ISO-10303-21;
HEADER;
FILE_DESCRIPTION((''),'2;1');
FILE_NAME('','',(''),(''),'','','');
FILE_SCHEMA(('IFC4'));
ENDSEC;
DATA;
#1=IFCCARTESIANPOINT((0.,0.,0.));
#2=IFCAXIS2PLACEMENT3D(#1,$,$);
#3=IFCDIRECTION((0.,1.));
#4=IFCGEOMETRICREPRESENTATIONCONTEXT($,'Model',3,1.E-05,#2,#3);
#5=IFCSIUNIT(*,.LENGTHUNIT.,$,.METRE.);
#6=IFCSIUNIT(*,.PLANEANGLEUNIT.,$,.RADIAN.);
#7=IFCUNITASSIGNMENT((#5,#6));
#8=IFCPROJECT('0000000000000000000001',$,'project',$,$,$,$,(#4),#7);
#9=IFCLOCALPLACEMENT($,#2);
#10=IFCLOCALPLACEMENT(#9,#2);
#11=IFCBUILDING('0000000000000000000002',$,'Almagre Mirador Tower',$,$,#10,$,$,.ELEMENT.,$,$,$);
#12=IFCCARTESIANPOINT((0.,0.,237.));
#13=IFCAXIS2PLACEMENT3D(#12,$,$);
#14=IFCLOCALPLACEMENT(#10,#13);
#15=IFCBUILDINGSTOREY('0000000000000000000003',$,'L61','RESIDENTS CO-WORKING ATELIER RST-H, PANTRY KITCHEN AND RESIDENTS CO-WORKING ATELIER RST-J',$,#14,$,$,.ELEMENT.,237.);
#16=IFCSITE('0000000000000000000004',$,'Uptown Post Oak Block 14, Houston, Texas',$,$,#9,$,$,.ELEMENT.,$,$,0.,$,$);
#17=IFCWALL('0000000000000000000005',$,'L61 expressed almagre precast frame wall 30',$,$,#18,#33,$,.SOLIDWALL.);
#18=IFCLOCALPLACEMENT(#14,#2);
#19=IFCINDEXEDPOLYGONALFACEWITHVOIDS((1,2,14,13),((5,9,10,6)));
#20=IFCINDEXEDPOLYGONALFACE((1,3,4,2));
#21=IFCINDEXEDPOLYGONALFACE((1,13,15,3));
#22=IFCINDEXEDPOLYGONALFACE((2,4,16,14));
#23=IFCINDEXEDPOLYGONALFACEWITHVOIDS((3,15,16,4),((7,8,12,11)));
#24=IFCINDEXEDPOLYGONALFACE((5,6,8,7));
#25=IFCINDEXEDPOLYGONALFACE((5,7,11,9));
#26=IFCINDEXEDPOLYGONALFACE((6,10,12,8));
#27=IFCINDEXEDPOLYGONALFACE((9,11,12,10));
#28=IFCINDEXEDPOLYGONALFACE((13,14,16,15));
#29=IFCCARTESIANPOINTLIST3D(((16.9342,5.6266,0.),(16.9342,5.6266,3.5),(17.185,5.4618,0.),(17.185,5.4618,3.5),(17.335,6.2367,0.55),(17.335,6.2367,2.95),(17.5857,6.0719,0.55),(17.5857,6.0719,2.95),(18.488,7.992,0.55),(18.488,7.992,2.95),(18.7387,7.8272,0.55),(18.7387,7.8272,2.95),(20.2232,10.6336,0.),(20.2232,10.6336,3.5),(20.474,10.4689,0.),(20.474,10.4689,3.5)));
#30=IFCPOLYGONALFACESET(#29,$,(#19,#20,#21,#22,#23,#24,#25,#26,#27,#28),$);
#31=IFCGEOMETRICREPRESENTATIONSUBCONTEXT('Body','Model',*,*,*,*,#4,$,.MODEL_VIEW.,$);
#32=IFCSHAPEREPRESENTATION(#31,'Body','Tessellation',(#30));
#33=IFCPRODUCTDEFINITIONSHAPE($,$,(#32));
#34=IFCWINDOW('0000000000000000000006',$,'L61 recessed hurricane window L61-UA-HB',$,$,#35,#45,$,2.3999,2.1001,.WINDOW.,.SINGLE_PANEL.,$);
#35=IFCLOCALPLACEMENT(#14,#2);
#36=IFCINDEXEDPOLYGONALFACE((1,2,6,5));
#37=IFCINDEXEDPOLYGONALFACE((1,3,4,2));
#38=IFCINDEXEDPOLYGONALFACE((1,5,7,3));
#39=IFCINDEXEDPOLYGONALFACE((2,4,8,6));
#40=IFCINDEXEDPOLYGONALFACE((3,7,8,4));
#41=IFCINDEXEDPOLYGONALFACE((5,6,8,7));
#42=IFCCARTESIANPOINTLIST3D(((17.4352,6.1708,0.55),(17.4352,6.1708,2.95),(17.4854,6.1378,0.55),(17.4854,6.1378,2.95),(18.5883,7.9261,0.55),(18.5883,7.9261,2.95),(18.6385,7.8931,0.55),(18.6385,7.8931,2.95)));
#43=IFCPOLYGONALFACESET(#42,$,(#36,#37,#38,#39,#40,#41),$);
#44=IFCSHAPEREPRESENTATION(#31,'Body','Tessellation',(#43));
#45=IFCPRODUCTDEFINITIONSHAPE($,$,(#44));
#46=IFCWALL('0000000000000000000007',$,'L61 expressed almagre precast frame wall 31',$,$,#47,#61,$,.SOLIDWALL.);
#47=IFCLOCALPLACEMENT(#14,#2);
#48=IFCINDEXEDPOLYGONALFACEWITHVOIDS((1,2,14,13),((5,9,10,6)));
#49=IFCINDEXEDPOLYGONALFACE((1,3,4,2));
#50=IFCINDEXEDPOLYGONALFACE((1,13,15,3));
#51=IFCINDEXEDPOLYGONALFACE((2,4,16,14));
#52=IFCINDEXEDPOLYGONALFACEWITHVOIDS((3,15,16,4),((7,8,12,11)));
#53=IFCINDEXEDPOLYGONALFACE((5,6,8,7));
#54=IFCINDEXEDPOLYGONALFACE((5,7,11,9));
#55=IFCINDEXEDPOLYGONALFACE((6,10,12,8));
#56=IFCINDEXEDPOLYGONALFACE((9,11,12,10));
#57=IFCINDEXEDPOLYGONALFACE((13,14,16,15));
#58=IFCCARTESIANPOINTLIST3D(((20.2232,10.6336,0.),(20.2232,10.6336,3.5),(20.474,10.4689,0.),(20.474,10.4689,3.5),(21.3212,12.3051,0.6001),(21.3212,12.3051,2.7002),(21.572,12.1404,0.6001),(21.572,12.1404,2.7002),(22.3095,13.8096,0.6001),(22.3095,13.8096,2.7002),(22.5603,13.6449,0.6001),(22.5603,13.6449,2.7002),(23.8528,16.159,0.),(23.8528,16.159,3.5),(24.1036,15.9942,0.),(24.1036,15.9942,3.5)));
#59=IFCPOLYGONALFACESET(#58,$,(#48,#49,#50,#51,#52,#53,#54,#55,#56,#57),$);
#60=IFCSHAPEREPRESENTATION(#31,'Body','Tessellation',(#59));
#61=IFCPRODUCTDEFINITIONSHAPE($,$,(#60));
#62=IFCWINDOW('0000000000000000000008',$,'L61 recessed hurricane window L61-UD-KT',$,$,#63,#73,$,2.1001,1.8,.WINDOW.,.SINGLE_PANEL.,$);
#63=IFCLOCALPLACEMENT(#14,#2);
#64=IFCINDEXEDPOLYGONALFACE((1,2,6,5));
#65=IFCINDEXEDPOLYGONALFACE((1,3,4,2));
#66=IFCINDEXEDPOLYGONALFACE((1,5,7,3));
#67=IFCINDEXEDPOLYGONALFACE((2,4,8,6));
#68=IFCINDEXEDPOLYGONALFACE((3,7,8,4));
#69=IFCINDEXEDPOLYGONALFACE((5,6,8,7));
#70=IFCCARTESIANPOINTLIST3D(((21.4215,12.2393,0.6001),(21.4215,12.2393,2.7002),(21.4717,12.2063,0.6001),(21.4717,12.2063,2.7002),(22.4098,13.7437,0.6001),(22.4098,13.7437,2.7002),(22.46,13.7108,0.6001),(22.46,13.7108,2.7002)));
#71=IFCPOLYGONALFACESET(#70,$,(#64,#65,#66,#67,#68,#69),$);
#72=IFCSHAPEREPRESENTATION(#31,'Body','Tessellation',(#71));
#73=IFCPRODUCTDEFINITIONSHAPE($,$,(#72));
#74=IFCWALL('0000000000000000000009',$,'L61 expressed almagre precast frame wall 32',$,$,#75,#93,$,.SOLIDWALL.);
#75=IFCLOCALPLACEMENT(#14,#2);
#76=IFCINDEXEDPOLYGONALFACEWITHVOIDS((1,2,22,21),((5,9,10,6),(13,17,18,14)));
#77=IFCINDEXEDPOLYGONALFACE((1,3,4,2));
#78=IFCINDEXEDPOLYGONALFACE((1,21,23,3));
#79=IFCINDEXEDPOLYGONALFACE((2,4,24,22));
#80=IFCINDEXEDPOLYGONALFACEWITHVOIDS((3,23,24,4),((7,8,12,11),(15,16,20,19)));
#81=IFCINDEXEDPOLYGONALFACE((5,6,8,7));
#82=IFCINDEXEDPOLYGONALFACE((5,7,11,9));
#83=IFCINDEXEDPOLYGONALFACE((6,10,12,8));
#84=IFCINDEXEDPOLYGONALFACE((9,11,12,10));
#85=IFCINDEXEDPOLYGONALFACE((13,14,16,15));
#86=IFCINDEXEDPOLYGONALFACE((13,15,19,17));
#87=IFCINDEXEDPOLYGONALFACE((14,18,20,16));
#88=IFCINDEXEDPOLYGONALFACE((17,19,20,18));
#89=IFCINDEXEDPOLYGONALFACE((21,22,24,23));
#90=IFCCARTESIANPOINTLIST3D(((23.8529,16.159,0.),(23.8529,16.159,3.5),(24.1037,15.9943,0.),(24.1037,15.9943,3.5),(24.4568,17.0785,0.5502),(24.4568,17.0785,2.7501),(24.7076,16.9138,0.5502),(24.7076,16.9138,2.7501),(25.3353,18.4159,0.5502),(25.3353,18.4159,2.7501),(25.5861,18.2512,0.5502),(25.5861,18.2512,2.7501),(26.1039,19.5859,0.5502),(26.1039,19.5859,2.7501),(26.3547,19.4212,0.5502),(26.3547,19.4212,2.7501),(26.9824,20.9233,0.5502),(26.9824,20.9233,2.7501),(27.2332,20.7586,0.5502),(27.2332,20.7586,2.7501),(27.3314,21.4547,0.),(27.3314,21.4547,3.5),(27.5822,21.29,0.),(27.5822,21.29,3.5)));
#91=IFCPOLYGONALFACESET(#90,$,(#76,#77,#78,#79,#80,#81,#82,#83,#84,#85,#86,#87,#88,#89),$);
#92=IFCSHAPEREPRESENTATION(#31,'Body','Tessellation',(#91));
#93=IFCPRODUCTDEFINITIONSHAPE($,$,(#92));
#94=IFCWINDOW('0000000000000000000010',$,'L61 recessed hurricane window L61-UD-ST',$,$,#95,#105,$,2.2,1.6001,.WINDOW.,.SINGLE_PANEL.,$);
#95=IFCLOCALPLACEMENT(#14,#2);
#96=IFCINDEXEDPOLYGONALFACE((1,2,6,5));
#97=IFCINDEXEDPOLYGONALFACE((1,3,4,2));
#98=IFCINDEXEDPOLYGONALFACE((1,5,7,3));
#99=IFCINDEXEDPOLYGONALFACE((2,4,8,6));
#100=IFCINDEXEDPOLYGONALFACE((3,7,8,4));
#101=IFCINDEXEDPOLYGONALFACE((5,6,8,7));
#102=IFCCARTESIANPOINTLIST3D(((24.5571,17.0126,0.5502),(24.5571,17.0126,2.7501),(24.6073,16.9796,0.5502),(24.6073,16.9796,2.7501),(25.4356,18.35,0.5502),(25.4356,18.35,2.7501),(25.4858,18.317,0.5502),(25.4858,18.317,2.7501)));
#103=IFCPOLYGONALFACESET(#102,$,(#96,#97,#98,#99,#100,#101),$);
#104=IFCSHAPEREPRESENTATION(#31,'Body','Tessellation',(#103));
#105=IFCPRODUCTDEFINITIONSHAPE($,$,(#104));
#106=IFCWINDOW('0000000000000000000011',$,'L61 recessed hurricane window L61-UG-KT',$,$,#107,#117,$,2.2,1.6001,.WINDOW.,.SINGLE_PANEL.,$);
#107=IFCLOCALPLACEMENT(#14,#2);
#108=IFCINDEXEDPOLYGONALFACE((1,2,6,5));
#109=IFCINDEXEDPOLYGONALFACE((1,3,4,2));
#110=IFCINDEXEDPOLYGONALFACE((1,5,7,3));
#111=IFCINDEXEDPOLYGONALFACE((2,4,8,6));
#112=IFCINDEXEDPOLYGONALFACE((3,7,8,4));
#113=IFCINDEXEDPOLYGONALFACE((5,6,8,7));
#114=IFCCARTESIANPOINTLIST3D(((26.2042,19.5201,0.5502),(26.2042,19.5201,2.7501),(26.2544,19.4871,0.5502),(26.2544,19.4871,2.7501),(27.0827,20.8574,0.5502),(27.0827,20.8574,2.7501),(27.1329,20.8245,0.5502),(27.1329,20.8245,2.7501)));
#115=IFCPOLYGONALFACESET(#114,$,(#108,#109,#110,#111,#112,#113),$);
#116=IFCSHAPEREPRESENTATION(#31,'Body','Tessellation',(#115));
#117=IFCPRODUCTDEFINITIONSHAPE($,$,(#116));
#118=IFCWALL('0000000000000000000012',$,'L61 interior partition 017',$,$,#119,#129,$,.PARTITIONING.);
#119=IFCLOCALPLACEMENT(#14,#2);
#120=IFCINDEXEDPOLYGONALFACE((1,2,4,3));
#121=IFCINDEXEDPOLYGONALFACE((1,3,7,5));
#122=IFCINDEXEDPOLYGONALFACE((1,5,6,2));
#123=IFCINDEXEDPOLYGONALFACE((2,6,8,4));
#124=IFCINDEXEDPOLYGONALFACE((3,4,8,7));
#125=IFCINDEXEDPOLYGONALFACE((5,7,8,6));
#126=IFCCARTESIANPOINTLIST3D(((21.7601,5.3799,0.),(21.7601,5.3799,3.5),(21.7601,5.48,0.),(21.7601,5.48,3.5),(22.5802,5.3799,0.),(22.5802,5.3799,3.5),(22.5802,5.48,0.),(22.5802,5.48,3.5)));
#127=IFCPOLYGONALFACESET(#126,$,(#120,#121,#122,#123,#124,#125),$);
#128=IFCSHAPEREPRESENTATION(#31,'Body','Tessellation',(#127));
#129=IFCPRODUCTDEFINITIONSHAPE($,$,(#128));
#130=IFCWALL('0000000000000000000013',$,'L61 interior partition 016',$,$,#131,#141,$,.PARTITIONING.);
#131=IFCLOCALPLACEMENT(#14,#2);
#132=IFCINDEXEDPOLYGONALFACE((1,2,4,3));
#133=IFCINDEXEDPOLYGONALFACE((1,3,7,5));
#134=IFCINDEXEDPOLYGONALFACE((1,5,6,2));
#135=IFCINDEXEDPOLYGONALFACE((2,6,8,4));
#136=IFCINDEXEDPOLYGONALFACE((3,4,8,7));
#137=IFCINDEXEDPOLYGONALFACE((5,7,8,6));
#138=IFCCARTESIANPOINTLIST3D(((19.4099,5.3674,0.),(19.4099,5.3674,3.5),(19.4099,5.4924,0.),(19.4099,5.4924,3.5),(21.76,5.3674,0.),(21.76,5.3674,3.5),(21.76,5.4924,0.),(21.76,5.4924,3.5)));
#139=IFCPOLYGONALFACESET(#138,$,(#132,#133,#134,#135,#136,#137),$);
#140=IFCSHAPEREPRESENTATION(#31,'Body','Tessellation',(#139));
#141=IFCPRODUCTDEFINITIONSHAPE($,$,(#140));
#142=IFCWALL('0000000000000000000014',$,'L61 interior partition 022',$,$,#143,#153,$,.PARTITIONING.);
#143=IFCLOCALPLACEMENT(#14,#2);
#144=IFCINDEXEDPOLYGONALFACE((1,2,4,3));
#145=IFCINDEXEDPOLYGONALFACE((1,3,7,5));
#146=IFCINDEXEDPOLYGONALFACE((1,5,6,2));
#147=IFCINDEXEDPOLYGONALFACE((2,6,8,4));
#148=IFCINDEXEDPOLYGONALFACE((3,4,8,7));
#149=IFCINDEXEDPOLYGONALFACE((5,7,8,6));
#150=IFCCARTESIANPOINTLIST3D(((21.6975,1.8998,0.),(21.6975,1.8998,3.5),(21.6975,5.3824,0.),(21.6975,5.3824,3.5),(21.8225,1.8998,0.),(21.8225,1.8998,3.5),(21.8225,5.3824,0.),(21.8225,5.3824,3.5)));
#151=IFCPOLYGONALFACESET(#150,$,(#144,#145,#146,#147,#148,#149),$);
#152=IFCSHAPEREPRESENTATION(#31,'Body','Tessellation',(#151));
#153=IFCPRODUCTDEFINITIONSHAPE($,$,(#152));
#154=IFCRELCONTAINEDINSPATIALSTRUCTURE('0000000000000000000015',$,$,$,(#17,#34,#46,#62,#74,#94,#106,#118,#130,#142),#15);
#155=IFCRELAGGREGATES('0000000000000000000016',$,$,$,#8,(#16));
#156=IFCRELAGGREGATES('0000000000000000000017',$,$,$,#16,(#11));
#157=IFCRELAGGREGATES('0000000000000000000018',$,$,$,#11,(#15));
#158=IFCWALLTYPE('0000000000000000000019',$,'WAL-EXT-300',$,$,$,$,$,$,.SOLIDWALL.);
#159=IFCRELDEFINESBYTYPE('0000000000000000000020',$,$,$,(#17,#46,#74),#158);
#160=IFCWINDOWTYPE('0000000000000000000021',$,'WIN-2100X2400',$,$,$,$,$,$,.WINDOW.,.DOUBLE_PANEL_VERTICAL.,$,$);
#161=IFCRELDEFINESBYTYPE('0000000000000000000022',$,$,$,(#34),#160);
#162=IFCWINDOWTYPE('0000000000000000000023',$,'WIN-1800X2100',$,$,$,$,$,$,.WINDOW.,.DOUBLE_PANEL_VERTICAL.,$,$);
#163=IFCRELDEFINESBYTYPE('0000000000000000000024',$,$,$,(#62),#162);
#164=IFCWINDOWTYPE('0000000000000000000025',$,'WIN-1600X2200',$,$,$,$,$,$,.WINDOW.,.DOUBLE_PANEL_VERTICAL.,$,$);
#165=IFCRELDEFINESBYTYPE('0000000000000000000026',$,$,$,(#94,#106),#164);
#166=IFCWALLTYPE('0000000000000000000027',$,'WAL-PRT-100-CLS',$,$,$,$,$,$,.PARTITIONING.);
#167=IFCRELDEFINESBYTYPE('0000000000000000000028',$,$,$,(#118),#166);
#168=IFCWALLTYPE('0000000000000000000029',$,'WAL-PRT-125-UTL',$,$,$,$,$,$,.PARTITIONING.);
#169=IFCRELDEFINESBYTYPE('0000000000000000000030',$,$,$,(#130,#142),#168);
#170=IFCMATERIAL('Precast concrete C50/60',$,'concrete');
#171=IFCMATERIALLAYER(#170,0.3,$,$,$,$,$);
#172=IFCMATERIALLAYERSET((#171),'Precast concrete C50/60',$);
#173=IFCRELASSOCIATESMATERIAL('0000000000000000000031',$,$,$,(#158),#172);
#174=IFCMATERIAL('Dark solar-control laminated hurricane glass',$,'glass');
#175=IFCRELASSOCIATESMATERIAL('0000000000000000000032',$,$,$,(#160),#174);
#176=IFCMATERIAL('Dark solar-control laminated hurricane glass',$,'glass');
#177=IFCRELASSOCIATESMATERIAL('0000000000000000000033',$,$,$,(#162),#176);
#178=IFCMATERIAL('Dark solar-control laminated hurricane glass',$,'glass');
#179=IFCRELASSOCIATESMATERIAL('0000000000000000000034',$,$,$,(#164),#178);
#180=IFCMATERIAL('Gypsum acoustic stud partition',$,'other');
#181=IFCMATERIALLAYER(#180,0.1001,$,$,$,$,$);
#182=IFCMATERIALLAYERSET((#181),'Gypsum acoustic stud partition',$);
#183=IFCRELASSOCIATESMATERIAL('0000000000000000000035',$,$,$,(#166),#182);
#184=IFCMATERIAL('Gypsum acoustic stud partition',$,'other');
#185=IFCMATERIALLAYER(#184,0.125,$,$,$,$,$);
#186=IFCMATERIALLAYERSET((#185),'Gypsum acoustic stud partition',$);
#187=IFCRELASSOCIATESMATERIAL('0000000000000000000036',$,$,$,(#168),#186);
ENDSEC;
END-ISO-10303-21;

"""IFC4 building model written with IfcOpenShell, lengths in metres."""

from ifc_helpers import new_model, si_unit, direction, frame, frame_2d, origin, place, context, subcontext, project, spatial, rectangle, extrude, material, layer, layer_set, type_object, element, fill, save


model = new_model("IFC4")

# Units and contexts
model_context = context("Model", 3, precision=1e-05, world=origin(), true_north=direction((0.0, 1.0)))
body_context = subcontext(model_context, "Body", "Model", "MODEL_VIEW")
ifc_project = project(units=[si_unit("LENGTHUNIT", "METRE"), si_unit("PLANEANGLEUNIT", "RADIAN")], contexts=[model_context])

# Site, building, storey
site_placement = place(None, origin())
site = spatial("IfcSite", under=ifc_project, at=site_placement, Name="Uptown Post Oak Block 14, Houston, Texas", CompositionType="ELEMENT", RefElevation=0.0)
building_placement = place(site_placement, origin())
building = spatial("IfcBuilding", under=site, at=building_placement, Name="Almagre Mirador Tower", CompositionType="ELEMENT")
storey_placement = place(building_placement, frame((0.0, 0.0, 237.0)))
storey = spatial("IfcBuildingStorey", under=building, at=storey_placement, Name="L61", Description="RESIDENTS CO-WORKING ATELIER RST-H, PANTRY KITCHEN AND RESIDENTS CO-WORKING ATELIER RST-J", CompositionType="ELEMENT", Elevation=237.0)

# Shared definitions
ifc_material_1 = material(Name="Precast concrete C50/60", Category="concrete")
ifc_layer_1 = layer(ifc_material_1, 0.3)
ifc_layer_set_1 = layer_set([ifc_layer_1], Name="Precast concrete C50/60")
wall_type_1 = type_object("IfcWallType", Name="WAL-EXT-300", PredefinedType="SOLIDWALL", material=ifc_layer_set_1)

# Walls, openings, windows
wall_1_placement = place(storey_placement, frame((17.0596, 5.5442, 0.0), z_axis=(0.0, 0.0, 1.0), x_axis=(0.549026, 0.835805, 0.0)))
wall_1 = element("IfcWall", 1, at=wall_1_placement, inside=storey, type_object=wall_type_1, Name="L61 expressed almagre precast frame wall 30", PredefinedType="SOLIDWALL", context=body_context, shape_type="SweptSolid", body=[
    extrude(rectangle(XDim=5.9907, YDim=0.3, at=frame_2d((2.9954, 0.0))), origin(), (0.0, 0.0, 1.0), 3.5),
])
opening_1_placement = place(wall_1_placement, frame((0.73, 0.0, 0.55)))
opening_1 = element("IfcOpeningElement", 2, at=opening_1_placement, cuts=wall_1, PredefinedType="OPENING", context=body_context, shape_type="SweptSolid", body=[
    extrude(rectangle(XDim=2.1001, YDim=2.3999, at=frame_2d((1.05, 1.2))), frame((0.0, 0.1599, 0.0), z_axis=(0.0, -1.0, 0.0), x_axis=(1.0, 0.0, 0.0)), (0.0, 0.0, 1.0), 0.32),
])
ifc_material_2 = material(Name="Dark solar-control laminated hurricane glass", Category="glass")
window_type_1 = type_object("IfcWindowType", Name="WIN-2100X2400", PartitioningType="DOUBLE_PANEL_VERTICAL", PredefinedType="WINDOW", material=ifc_material_2)
window_1_placement = place(opening_1_placement, origin())
window_1 = element("IfcWindow", 3, at=window_1_placement, inside=storey, type_object=window_type_1, Name="L61 recessed hurricane window L61-UA-HB", OverallHeight=2.3999, OverallWidth=2.1001, PartitioningType="SINGLE_PANEL", PredefinedType="WINDOW", context=body_context, shape_type="SweptSolid", body=[
    extrude(rectangle(XDim=2.1001, YDim=2.3999, at=frame_2d((1.05, 1.2))), frame((0.0, 0.03, 0.0), z_axis=(0.0, -1.0, 0.0), x_axis=(1.0, 0.0, 0.0)), (0.0, 0.0, 1.0), 0.0601),
])
fill(opening_1, window_1)
wall_2_placement = place(storey_placement, frame((20.3486, 10.5513, 0.0), z_axis=(0.0, 0.0, 1.0), x_axis=(0.549037, 0.835798, 0.0)))
wall_2 = element("IfcWall", 4, at=wall_2_placement, inside=storey, type_object=wall_type_1, Name="L61 expressed almagre precast frame wall 31", PredefinedType="SOLIDWALL", context=body_context, shape_type="SweptSolid", body=[
    extrude(rectangle(XDim=6.6108, YDim=0.3, at=frame_2d((3.3054, 0.0))), origin(), (0.0, 0.0, 1.0), 3.5),
])
opening_2_placement = place(wall_2_placement, frame((2.0, 0.0, 0.6001)))
opening_2 = element("IfcOpeningElement", 5, at=opening_2_placement, cuts=wall_2, PredefinedType="OPENING", context=body_context, shape_type="SweptSolid", body=[
    extrude(rectangle(XDim=1.8, YDim=2.1001, at=frame_2d((0.8999, 1.05))), frame((0.0, 0.1599, 0.0), z_axis=(0.0, -1.0, 0.0), x_axis=(1.0, 0.0, 0.0)), (0.0, 0.0, 1.0), 0.32),
])
ifc_material_3 = material(Name="Dark solar-control laminated hurricane glass", Category="glass")
window_type_2 = type_object("IfcWindowType", Name="WIN-1800X2100", PartitioningType="DOUBLE_PANEL_VERTICAL", PredefinedType="WINDOW", material=ifc_material_3)
window_2_placement = place(opening_2_placement, origin())
window_2 = element("IfcWindow", 6, at=window_2_placement, inside=storey, type_object=window_type_2, Name="L61 recessed hurricane window L61-UD-KT", OverallHeight=2.1001, OverallWidth=1.8, PartitioningType="SINGLE_PANEL", PredefinedType="WINDOW", context=body_context, shape_type="SweptSolid", body=[
    extrude(rectangle(XDim=1.8, YDim=2.1001, at=frame_2d((0.8999, 1.05))), frame((0.0, 0.03, 0.0), z_axis=(0.0, -1.0, 0.0), x_axis=(1.0, 0.0, 0.0)), (0.0, 0.0, 1.0), 0.0601),
])
fill(opening_2, window_2)

# Wall, openings, windows
wall_3_placement = place(storey_placement, frame((23.9783, 16.0767, 0.0), z_axis=(0.0, 0.0, 1.0), x_axis=(0.549014, 0.835813, 0.0)))
wall_3 = element("IfcWall", 7, at=wall_3_placement, inside=storey, type_object=wall_type_1, Name="L61 expressed almagre precast frame wall 32", PredefinedType="SOLIDWALL", context=body_context, shape_type="SweptSolid", body=[
    extrude(rectangle(XDim=6.3359, YDim=0.3, at=frame_2d((3.168, 0.0))), origin(), (0.0, 0.0, 1.0), 3.5),
])
opening_3_placement = place(wall_3_placement, frame((1.1001, 0.0, 0.55)))
opening_3 = element("IfcOpeningElement", 8, at=opening_3_placement, cuts=wall_3, PredefinedType="OPENING", context=body_context, shape_type="SweptSolid", body=[
    extrude(rectangle(XDim=1.6001, YDim=2.2, at=frame_2d((0.8, 1.1001))), frame((0.0, 0.1599, 0.0), z_axis=(0.0, -1.0, 0.0), x_axis=(1.0, 0.0, 0.0)), (0.0, 0.0, 1.0), 0.32),
])
opening_4_placement = place(wall_3_placement, frame((4.1001, 0.0, 0.55)))
opening_4 = element("IfcOpeningElement", 9, at=opening_4_placement, cuts=wall_3, PredefinedType="OPENING", context=body_context, shape_type="SweptSolid", body=[
    extrude(rectangle(XDim=1.6001, YDim=2.2, at=frame_2d((0.8, 1.1001))), frame((0.0, 0.1599, 0.0), z_axis=(0.0, -1.0, 0.0), x_axis=(1.0, 0.0, 0.0)), (0.0, 0.0, 1.0), 0.32),
])
ifc_material_4 = material(Name="Dark solar-control laminated hurricane glass", Category="glass")
window_type_3 = type_object("IfcWindowType", Name="WIN-1600X2200", PartitioningType="DOUBLE_PANEL_VERTICAL", PredefinedType="WINDOW", material=ifc_material_4)
window_3_placement = place(opening_3_placement, origin())
window_3 = element("IfcWindow", 10, at=window_3_placement, inside=storey, type_object=window_type_3, Name="L61 recessed hurricane window L61-UD-ST", OverallHeight=2.2, OverallWidth=1.6001, PartitioningType="SINGLE_PANEL", PredefinedType="WINDOW", context=body_context, shape_type="SweptSolid", body=[
    extrude(rectangle(XDim=1.6001, YDim=2.2, at=frame_2d((0.8, 1.1001))), frame((0.0, 0.03, 0.0), z_axis=(0.0, -1.0, 0.0), x_axis=(1.0, 0.0, 0.0)), (0.0, 0.0, 1.0), 0.0601),
])
fill(opening_3, window_3)
window_4_placement = place(opening_4_placement, origin())
window_4 = element("IfcWindow", 11, at=window_4_placement, inside=storey, type_object=window_type_3, Name="L61 recessed hurricane window L61-UG-KT", OverallHeight=2.2, OverallWidth=1.6001, PartitioningType="SINGLE_PANEL", PredefinedType="WINDOW", context=body_context, shape_type="SweptSolid", body=[
    extrude(rectangle(XDim=1.6001, YDim=2.2, at=frame_2d((0.8, 1.1001))), frame((0.0, 0.03, 0.0), z_axis=(0.0, -1.0, 0.0), x_axis=(1.0, 0.0, 0.0)), (0.0, 0.0, 1.0), 0.0601),
])
fill(opening_4, window_4)

# Walls
ifc_material_5 = material(Name="Gypsum acoustic stud partition", Category="other")
ifc_layer_2 = layer(ifc_material_5, 0.1001)
ifc_layer_set_2 = layer_set([ifc_layer_2], Name="Gypsum acoustic stud partition")
wall_type_2 = type_object("IfcWallType", Name="WAL-PRT-100-CLS", PredefinedType="PARTITIONING", material=ifc_layer_set_2)
wall_4_placement = place(storey_placement, frame((21.76, 5.4299, 0.0), z_axis=(0.0, 0.0, 1.0), x_axis=(1.0, 0.0, 0.0)))
element("IfcWall", 12, at=wall_4_placement, inside=storey, type_object=wall_type_2, Name="L61 interior partition 017", PredefinedType="PARTITIONING", context=body_context, shape_type="SweptSolid", body=[
    extrude(rectangle(XDim=0.8201, YDim=0.1001, at=frame_2d((0.4102, 0.0))), origin(), (0.0, 0.0, 1.0), 3.5),
])
ifc_material_6 = material(Name="Gypsum acoustic stud partition", Category="other")
ifc_layer_3 = layer(ifc_material_6, 0.125)
ifc_layer_set_3 = layer_set([ifc_layer_3], Name="Gypsum acoustic stud partition")
wall_type_3 = type_object("IfcWallType", Name="WAL-PRT-125-UTL", PredefinedType="PARTITIONING", material=ifc_layer_set_3)
wall_5_placement = place(storey_placement, frame((19.4099, 5.4299, 0.0), z_axis=(0.0, 0.0, 1.0), x_axis=(1.0, 0.0, 0.0)))
element("IfcWall", 13, at=wall_5_placement, inside=storey, type_object=wall_type_3, Name="L61 interior partition 016", PredefinedType="PARTITIONING", context=body_context, shape_type="SweptSolid", body=[
    extrude(rectangle(XDim=2.3501, YDim=0.125, at=frame_2d((1.175, 0.0))), origin(), (0.0, 0.0, 1.0), 3.5),
])
wall_6_placement = place(storey_placement, frame((21.76, 1.8999, 0.0), z_axis=(0.0, 0.0, 1.0), x_axis=(0.0, 1.0, 0.0)))
element("IfcWall", 14, at=wall_6_placement, inside=storey, type_object=wall_type_3, Name="L61 interior partition 022", PredefinedType="PARTITIONING", context=body_context, shape_type="SweptSolid", body=[
    extrude(rectangle(XDim=3.4827, YDim=0.125, at=frame_2d((1.7412, 0.0))), origin(), (0.0, 0.0, 1.0), 3.5),
])

save(model, "model.ifc")
